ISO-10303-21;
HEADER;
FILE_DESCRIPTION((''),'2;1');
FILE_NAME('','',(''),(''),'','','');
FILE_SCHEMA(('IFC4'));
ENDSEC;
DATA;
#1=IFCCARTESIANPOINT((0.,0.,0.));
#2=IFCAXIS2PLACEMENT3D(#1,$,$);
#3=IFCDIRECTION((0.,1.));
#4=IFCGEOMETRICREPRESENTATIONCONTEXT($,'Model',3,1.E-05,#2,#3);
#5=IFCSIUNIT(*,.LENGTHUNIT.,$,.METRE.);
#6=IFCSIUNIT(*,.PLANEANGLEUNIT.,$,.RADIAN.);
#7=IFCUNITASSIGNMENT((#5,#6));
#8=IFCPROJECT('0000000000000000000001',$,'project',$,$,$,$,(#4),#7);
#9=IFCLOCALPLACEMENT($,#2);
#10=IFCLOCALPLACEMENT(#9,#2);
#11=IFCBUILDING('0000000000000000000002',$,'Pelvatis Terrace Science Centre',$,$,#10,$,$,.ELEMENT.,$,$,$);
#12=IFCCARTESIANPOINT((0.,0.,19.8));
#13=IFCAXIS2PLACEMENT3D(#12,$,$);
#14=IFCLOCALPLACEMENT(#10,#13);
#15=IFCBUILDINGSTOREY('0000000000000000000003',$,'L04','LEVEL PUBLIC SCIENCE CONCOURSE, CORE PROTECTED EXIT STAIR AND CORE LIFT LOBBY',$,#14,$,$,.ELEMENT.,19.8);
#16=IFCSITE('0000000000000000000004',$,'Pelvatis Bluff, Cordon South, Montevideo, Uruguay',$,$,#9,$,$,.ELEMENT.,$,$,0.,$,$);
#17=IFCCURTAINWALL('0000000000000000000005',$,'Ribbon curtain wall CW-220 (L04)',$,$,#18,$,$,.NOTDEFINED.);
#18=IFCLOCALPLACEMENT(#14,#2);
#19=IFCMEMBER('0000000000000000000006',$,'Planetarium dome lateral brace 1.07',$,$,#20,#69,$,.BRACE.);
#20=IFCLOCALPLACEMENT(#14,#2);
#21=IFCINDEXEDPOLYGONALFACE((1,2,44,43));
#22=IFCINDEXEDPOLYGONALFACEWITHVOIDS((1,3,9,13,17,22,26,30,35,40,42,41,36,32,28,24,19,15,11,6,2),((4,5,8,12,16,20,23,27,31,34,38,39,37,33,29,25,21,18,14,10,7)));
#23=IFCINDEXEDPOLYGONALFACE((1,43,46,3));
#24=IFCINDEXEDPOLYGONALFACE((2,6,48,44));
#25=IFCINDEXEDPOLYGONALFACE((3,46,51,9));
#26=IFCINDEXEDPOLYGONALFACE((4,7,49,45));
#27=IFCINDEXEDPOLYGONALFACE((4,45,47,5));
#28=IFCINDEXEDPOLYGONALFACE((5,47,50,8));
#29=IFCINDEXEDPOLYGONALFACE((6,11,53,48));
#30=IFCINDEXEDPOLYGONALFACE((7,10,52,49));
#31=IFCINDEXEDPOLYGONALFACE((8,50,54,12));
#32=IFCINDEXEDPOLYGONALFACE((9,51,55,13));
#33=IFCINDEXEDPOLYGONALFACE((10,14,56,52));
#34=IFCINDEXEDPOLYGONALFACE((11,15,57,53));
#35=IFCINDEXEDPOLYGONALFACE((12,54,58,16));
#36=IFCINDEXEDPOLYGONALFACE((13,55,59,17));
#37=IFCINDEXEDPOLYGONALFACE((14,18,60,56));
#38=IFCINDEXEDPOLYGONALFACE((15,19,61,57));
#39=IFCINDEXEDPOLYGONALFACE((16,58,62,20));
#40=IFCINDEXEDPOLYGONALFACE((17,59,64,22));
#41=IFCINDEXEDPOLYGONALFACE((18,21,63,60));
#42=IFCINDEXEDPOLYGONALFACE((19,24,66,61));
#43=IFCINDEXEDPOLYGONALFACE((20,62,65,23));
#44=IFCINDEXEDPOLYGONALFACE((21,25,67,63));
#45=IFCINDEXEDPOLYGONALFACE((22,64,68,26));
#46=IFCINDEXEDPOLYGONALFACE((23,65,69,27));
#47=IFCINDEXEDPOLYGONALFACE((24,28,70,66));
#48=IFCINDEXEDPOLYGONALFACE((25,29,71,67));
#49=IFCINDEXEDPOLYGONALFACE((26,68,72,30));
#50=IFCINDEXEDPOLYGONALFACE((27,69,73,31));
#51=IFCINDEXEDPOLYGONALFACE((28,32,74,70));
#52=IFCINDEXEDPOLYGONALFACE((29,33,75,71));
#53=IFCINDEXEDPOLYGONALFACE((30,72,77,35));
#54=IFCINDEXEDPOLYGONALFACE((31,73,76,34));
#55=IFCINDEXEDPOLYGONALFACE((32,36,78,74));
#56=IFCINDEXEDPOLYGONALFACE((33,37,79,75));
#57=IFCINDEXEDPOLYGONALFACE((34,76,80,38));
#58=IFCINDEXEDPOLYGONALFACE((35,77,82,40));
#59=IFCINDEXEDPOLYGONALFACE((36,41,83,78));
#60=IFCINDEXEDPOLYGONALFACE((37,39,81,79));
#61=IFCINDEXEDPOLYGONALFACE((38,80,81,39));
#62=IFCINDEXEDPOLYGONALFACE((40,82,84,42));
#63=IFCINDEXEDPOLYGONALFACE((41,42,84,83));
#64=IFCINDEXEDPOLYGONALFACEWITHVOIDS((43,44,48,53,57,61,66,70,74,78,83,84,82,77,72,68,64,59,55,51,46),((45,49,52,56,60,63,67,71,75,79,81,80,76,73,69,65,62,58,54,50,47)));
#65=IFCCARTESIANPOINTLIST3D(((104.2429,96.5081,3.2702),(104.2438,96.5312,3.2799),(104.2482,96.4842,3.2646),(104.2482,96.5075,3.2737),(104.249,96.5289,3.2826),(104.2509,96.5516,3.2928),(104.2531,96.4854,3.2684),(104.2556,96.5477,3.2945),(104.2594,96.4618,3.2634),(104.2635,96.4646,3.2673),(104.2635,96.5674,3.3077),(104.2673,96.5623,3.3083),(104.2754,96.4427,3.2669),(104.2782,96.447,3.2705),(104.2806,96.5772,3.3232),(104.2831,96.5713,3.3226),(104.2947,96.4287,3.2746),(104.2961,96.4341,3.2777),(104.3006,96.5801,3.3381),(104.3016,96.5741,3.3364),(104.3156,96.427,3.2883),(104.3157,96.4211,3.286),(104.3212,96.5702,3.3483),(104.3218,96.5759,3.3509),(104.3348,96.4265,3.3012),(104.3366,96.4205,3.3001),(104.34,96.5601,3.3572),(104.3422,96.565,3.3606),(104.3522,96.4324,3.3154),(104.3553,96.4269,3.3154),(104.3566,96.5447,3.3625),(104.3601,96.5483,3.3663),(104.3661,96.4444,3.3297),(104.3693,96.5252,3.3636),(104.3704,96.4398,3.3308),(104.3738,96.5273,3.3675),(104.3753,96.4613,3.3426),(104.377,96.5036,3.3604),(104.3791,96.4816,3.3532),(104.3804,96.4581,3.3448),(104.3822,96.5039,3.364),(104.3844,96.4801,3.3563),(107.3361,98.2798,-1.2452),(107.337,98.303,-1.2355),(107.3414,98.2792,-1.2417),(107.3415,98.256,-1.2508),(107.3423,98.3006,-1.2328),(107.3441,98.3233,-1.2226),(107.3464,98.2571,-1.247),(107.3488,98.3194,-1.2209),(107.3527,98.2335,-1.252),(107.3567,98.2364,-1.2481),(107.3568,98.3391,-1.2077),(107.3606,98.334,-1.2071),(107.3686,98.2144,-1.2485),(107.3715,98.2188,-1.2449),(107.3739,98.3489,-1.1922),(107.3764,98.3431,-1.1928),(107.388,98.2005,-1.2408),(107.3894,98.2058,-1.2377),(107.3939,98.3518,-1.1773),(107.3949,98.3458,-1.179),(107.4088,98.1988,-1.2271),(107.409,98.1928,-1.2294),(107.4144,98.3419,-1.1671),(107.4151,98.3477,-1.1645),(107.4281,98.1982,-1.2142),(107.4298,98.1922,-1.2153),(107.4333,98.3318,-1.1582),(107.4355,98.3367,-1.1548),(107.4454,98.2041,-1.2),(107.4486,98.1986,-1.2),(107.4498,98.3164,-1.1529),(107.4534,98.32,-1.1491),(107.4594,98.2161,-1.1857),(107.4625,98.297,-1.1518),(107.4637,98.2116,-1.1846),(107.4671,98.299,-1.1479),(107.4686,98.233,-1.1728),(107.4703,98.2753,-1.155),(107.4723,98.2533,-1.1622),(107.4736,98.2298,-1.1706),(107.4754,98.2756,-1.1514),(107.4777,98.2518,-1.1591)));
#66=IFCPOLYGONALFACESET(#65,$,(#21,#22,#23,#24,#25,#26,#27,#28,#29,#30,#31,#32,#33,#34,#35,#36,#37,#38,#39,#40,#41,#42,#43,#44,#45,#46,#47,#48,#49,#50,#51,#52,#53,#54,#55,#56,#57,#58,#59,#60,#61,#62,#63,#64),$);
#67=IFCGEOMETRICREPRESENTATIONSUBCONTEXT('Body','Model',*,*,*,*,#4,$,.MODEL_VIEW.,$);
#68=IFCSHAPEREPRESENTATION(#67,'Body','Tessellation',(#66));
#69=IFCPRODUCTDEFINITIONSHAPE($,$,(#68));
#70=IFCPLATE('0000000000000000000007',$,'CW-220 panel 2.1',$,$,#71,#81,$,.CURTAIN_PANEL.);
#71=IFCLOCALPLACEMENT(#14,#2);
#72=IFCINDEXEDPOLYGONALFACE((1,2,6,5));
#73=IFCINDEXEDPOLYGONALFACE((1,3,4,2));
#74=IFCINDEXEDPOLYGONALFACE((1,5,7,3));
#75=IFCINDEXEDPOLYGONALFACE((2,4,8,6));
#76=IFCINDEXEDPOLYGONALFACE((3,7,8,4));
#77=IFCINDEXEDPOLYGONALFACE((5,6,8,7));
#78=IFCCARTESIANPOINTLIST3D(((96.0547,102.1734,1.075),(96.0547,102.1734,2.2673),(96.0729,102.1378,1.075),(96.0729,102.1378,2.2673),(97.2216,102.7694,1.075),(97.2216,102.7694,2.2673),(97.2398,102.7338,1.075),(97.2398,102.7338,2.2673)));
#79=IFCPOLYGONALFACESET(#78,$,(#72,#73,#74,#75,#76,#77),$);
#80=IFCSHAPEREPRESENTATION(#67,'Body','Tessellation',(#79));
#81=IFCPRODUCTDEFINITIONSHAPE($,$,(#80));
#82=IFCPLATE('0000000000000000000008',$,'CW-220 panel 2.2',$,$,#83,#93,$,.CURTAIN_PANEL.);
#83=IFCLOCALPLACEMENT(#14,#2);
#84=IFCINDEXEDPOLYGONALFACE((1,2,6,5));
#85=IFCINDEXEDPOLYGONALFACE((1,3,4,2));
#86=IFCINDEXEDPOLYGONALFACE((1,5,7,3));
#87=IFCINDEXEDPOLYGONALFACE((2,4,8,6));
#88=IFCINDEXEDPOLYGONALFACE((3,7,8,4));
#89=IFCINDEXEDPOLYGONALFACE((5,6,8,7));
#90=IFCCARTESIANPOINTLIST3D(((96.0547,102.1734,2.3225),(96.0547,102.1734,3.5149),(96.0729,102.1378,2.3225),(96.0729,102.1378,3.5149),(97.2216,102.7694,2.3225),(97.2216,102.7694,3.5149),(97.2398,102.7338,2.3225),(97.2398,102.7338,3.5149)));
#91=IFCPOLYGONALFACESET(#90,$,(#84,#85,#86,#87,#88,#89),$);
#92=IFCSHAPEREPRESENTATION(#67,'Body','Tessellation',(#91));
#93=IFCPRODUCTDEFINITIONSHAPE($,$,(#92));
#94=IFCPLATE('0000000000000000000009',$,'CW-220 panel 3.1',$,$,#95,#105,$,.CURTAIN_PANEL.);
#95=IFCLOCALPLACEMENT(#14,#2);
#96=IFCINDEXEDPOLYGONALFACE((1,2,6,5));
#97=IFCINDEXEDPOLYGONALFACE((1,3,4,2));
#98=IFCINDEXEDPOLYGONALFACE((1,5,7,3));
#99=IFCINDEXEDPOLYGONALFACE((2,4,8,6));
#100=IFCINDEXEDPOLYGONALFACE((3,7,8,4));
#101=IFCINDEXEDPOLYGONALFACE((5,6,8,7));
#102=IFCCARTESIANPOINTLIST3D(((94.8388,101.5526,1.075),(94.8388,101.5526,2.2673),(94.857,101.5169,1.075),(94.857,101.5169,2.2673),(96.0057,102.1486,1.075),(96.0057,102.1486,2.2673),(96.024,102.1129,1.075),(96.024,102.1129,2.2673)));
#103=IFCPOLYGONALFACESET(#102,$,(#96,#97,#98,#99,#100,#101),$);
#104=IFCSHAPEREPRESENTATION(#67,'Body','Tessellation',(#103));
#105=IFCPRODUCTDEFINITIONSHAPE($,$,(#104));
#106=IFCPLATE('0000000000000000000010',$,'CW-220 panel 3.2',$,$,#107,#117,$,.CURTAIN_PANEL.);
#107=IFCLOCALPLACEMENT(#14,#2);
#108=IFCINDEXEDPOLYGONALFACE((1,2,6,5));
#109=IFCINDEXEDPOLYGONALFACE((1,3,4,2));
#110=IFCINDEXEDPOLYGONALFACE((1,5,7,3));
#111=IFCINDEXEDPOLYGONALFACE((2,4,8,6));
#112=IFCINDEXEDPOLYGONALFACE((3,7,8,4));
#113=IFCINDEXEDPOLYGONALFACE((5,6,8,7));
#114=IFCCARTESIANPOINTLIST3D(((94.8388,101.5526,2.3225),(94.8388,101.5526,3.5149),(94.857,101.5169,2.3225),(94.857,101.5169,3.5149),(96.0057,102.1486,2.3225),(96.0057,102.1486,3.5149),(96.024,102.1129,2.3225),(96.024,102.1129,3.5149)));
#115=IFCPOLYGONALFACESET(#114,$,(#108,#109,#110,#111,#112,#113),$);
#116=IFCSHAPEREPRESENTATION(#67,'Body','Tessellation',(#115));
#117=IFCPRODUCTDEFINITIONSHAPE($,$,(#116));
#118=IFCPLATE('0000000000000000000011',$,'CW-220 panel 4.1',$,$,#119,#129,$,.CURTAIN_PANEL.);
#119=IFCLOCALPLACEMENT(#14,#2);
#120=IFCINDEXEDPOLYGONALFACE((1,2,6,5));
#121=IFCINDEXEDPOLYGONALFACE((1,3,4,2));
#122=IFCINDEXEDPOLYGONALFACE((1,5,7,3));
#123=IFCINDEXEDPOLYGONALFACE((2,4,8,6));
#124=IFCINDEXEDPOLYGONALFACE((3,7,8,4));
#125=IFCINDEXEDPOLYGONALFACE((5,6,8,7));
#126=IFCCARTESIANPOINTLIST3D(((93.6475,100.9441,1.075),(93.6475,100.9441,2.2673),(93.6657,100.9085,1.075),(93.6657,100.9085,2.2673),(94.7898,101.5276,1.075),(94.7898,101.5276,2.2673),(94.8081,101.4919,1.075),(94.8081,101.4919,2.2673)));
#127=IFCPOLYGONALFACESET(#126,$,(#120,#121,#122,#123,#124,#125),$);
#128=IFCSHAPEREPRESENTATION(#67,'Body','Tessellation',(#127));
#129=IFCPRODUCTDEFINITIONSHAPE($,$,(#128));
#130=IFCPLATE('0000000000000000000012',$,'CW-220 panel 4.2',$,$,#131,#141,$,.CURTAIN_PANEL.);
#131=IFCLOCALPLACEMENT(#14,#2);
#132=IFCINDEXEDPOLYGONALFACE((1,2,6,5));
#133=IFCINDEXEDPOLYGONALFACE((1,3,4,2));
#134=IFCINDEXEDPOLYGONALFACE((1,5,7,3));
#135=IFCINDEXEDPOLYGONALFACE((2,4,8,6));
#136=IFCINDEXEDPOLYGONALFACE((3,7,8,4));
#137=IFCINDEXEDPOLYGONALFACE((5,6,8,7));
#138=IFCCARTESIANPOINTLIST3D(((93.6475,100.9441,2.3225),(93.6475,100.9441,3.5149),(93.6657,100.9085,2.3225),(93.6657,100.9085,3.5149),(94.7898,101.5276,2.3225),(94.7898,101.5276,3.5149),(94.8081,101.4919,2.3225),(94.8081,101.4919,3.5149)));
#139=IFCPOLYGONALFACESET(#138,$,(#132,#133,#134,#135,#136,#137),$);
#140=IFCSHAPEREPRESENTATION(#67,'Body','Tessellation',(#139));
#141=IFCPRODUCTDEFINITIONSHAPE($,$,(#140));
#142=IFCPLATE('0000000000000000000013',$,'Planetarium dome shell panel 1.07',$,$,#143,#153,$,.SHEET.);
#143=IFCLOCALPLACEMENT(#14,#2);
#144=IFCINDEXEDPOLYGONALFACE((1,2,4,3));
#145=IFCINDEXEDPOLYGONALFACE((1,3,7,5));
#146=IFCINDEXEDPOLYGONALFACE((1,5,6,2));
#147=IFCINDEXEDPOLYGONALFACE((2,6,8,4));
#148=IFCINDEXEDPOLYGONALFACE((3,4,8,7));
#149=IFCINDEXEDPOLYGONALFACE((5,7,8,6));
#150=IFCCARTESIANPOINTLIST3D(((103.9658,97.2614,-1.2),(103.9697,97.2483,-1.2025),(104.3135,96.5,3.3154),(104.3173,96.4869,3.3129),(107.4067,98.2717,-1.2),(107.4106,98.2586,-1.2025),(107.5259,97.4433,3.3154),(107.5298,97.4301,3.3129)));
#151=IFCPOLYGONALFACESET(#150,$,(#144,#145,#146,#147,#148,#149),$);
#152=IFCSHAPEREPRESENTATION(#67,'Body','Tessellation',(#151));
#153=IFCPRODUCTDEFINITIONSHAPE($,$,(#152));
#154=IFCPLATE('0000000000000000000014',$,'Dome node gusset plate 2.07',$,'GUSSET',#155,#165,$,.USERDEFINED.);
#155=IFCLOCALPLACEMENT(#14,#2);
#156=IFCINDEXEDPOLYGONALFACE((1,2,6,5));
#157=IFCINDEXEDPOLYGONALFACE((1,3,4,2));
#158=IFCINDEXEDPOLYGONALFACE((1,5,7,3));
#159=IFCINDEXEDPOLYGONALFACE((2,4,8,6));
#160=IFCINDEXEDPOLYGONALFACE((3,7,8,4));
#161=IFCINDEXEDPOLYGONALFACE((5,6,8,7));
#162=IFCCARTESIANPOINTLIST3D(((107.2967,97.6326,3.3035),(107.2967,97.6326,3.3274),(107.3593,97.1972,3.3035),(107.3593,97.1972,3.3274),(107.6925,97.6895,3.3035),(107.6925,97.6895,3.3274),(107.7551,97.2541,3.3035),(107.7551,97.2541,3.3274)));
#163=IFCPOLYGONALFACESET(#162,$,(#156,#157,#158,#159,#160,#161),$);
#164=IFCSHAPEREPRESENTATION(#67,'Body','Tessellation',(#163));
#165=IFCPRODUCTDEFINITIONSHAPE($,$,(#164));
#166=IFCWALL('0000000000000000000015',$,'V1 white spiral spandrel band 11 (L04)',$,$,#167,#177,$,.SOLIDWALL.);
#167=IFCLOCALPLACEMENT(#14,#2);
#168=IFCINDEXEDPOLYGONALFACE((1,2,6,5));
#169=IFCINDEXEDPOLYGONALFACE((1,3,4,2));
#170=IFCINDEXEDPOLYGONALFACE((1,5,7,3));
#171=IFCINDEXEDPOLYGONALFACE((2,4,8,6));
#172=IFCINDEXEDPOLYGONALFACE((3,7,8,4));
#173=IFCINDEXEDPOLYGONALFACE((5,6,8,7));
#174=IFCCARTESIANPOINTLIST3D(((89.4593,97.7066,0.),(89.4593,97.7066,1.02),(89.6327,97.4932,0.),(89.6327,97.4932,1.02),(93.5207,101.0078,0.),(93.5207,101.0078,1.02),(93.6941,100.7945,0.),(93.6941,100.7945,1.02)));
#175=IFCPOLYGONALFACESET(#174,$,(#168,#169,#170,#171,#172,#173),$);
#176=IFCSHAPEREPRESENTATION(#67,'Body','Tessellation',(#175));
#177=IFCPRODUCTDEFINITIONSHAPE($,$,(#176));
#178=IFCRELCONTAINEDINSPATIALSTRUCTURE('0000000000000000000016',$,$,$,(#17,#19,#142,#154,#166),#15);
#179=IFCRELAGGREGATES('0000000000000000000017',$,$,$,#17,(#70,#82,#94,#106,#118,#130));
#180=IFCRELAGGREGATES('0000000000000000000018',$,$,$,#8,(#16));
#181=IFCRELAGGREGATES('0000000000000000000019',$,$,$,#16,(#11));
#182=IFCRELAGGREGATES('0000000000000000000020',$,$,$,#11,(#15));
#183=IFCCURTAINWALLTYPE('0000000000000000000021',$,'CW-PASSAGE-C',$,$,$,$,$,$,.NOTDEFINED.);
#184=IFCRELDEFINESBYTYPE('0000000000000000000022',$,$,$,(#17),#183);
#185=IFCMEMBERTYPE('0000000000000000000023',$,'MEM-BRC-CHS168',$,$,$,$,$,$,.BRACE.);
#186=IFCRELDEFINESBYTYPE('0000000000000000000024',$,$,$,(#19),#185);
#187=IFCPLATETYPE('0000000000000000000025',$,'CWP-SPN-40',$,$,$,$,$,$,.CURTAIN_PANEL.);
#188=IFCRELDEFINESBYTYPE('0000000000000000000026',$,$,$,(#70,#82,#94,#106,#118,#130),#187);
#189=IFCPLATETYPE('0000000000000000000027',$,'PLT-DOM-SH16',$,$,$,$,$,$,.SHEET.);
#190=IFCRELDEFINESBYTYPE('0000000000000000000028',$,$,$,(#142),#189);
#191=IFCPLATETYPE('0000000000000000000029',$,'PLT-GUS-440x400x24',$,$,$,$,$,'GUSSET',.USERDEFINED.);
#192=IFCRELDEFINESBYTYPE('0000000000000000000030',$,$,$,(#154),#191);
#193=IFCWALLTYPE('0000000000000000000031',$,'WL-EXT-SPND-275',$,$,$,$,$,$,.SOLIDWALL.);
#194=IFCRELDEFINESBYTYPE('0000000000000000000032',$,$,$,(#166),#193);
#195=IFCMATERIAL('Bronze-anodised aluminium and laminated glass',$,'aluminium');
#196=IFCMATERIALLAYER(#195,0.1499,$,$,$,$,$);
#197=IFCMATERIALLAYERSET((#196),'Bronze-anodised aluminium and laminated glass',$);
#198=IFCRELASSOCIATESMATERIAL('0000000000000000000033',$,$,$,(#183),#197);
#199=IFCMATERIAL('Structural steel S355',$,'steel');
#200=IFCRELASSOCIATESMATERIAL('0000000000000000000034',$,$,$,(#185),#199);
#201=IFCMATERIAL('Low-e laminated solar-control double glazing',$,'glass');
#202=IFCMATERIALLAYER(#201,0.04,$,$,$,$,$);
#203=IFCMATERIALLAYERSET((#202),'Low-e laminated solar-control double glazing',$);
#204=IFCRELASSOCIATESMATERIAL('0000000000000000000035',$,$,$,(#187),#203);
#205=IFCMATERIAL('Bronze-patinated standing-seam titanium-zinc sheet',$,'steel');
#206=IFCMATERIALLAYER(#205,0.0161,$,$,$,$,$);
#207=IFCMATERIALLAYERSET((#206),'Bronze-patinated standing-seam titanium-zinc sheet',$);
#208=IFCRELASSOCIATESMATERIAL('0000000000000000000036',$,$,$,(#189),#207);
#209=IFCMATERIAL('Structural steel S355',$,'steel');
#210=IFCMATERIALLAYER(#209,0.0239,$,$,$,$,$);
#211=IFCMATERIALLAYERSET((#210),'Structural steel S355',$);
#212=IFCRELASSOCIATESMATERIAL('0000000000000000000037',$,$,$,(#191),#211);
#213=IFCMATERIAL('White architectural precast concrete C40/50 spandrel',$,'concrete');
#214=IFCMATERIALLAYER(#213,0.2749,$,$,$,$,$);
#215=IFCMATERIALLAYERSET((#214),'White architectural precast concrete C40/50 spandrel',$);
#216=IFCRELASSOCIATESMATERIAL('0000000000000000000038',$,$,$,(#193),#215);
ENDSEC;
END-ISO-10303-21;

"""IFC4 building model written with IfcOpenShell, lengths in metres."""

from ifc_helpers import new_model, si_unit, direction, frame, frame_2d, origin, origin_2d, place, context, subcontext, project, spatial, polyline, rectangle, hollow_circle, outline, extrude, material, layer, layer_set, material_profile, profile_set, type_object, element, aggregate, save


model = new_model("IFC4")

# Units and contexts
model_context = context("Model", 3, precision=1e-05, world=origin(), true_north=direction((0.0, 1.0)))
body_context = subcontext(model_context, "Body", "Model", "MODEL_VIEW")
ifc_project = project(units=[si_unit("LENGTHUNIT", "METRE"), si_unit("PLANEANGLEUNIT", "RADIAN")], contexts=[model_context])

# Site, building, storey
site_placement = place(None, origin())
site = spatial("IfcSite", under=ifc_project, at=site_placement, Name="Pelvatis Bluff, Cordon South, Montevideo, Uruguay", CompositionType="ELEMENT", RefElevation=0.0)
building_placement = place(site_placement, origin())
building = spatial("IfcBuilding", under=site, at=building_placement, Name="Pelvatis Terrace Science Centre", CompositionType="ELEMENT")
storey_placement = place(building_placement, frame((0.0, 0.0, 19.8)))
storey = spatial("IfcBuildingStorey", under=building, at=storey_placement, Name="L04", Description="LEVEL PUBLIC SCIENCE CONCOURSE, CORE PROTECTED EXIT STAIR AND CORE LIFT LOBBY", CompositionType="ELEMENT", Elevation=19.8)

# Curtain wall
ifc_material_1 = material(Name="Bronze-anodised aluminium and laminated glass", Category="aluminium")
ifc_layer_1 = layer(ifc_material_1, 0.1499)
ifc_layer_set_1 = layer_set([ifc_layer_1], Name="Bronze-anodised aluminium and laminated glass")
curtain_wall_type = type_object("IfcCurtainWallType", Name="CW-PASSAGE-C", PredefinedType="NOTDEFINED", material=ifc_layer_set_1)
curtain_wall_1_placement = place(storey_placement, origin())
curtain_wall_1 = element("IfcCurtainWall", 1, at=curtain_wall_1_placement, inside=storey, type_object=curtain_wall_type, Name="Ribbon curtain wall CW-220 (L04)", PredefinedType="NOTDEFINED")

# Member
ifc_material_2 = material(Name="Structural steel S355", Category="steel")
ifc_material_profile_1 = material_profile(ifc_material_2, hollow_circle(Radius=0.0842, WallThickness=0.0063, at=origin_2d()), Name="CHS 168.3x6.3")
ifc_profile_set_1 = profile_set([ifc_material_profile_1], Name="Structural steel S355")
member_type_1 = type_object("IfcMemberType", Name="MEM-BRC-CHS168", PredefinedType="BRACE", material=ifc_profile_set_1)
member_1_placement = place(storey_placement, frame((107.4067, 98.2717, -1.2), z_axis=(-0.537687, -0.307971, 0.784887), x_axis=(0.497016, -0.867741, 0.0)))
element("IfcMember", 2, at=member_1_placement, inside=storey, type_object=member_type_1, Name="Planetarium dome lateral brace 1.07", PredefinedType="BRACE", context=body_context, shape_type="SweptSolid", body=[
    extrude(hollow_circle(Radius=0.0842, WallThickness=0.0063, at=origin_2d()), origin(), (0.0, 0.0, 1.0), 5.7529),
])

# Plates
ifc_material_3 = material(Name="Low-e laminated solar-control double glazing", Category="glass")
ifc_layer_2 = layer(ifc_material_3, 0.04)
ifc_layer_set_2 = layer_set([ifc_layer_2], Name="Low-e laminated solar-control double glazing")
plate_type_1 = type_object("IfcPlateType", Name="CWP-SPN-40", PredefinedType="CURTAIN_PANEL", material=ifc_layer_set_2)
plate_1_placement = place(storey_placement, frame((96.6472, 102.4536, 1.075), z_axis=(0.0, 0.0, 1.0), x_axis=(-0.890564, -0.454859, 0.0)))
plate_1 = element("IfcPlate", 3, at=plate_1_placement, type_object=plate_type_1, Name="CW-220 panel 2.1", PredefinedType="CURTAIN_PANEL", context=body_context, shape_type="SweptSolid", body=[
    extrude(rectangle(XDim=1.3103, YDim=0.04, at=origin_2d()), origin(), (0.0, 0.0, 1.0), 1.1924),
])
plate_2_placement = place(storey_placement, frame((96.6472, 102.4536, 2.3225), z_axis=(0.0, 0.0, 1.0), x_axis=(-0.890564, -0.454859, 0.0)))
plate_2 = element("IfcPlate", 4, at=plate_2_placement, type_object=plate_type_1, Name="CW-220 panel 2.2", PredefinedType="CURTAIN_PANEL", context=body_context, shape_type="SweptSolid", body=[
    extrude(rectangle(XDim=1.3103, YDim=0.04, at=origin_2d()), origin(), (0.0, 0.0, 1.0), 1.1924),
])
plate_3_placement = place(storey_placement, frame((95.4314, 101.8328, 1.075), z_axis=(0.0, 0.0, 1.0), x_axis=(-0.890564, -0.454859, 0.0)))
plate_3 = element("IfcPlate", 5, at=plate_3_placement, type_object=plate_type_1, Name="CW-220 panel 3.1", PredefinedType="CURTAIN_PANEL", context=body_context, shape_type="SweptSolid", body=[
    extrude(rectangle(XDim=1.3103, YDim=0.04, at=origin_2d()), origin(), (0.0, 0.0, 1.0), 1.1924),
])
plate_4_placement = place(storey_placement, frame((95.4314, 101.8328, 2.3225), z_axis=(0.0, 0.0, 1.0), x_axis=(-0.890564, -0.454859, 0.0)))
plate_4 = element("IfcPlate", 6, at=plate_4_placement, type_object=plate_type_1, Name="CW-220 panel 3.2", PredefinedType="CURTAIN_PANEL", context=body_context, shape_type="SweptSolid", body=[
    extrude(rectangle(XDim=1.3103, YDim=0.04, at=origin_2d()), origin(), (0.0, 0.0, 1.0), 1.1924),
])
plate_5_placement = place(storey_placement, frame((94.2278, 101.218, 1.075), z_axis=(0.0, 0.0, 1.0), x_axis=(-0.890564, -0.454859, 0.0)))
plate_5 = element("IfcPlate", 7, at=plate_5_placement, type_object=plate_type_1, Name="CW-220 panel 4.1", PredefinedType="CURTAIN_PANEL", context=body_context, shape_type="SweptSolid", body=[
    extrude(rectangle(XDim=1.2827, YDim=0.04, at=origin_2d()), origin(), (0.0, 0.0, 1.0), 1.1924),
])
plate_6_placement = place(storey_placement, frame((94.2278, 101.218, 2.3225), z_axis=(0.0, 0.0, 1.0), x_axis=(-0.890564, -0.454859, 0.0)))
plate_6 = element("IfcPlate", 8, at=plate_6_placement, type_object=plate_type_1, Name="CW-220 panel 4.2", PredefinedType="CURTAIN_PANEL", context=body_context, shape_type="SweptSolid", body=[
    extrude(rectangle(XDim=1.2827, YDim=0.04, at=origin_2d()), origin(), (0.0, 0.0, 1.0), 1.1924),
])
aggregate(curtain_wall_1, [plate_1, plate_2, plate_3, plate_4, plate_5, plate_6])

# Plates
ifc_material_4 = material(Name="Bronze-patinated standing-seam titanium-zinc sheet", Category="steel")
ifc_layer_3 = layer(ifc_material_4, 0.0161)
ifc_layer_set_3 = layer_set([ifc_layer_3], Name="Bronze-patinated standing-seam titanium-zinc sheet")
plate_type_2 = type_object("IfcPlateType", Name="PLT-DOM-SH16", PredefinedType="SHEET", material=ifc_layer_set_3)
plate_7_placement = place(storey_placement, frame((107.4067, 98.2717, -1.2), z_axis=(-0.27711, 0.943738, 0.180467), x_axis=(-0.959492, -0.281735, -0.000005)))
element("IfcPlate", 9, at=plate_7_placement, inside=storey, type_object=plate_type_2, Name="Planetarium dome shell panel 1.07", PredefinedType="SHEET", context=body_context, shape_type="SweptSolid", body=[
    extrude(outline(polyline([(0.0, 0.0), (3.5862, 0.0), (3.4671, 4.5908), (0.119, 4.5907), (0.0, 0.0)])), origin(), (0.0, 0.0, -1.0), 0.0139),
])
ifc_material_5 = material(Name="Structural steel S355", Category="steel")
ifc_layer_4 = layer(ifc_material_5, 0.0239)
ifc_layer_set_4 = layer_set([ifc_layer_4], Name="Structural steel S355")
plate_type_3 = type_object("IfcPlateType", Name="PLT-GUS-440x400x24", ElementType="GUSSET", PredefinedType="USERDEFINED", material=ifc_layer_set_4)
plate_8_placement = place(storey_placement, frame((107.5259, 97.4434, 3.3035), z_axis=(0.0, 0.0, 1.0), x_axis=(-0.142283, 0.989826, 0.0)))
element("IfcPlate", 10, at=plate_8_placement, inside=storey, type_object=plate_type_3, Name="Dome node gusset plate 2.07", ObjectType="GUSSET", PredefinedType="USERDEFINED", context=body_context, shape_type="SweptSolid", body=[
    extrude(rectangle(XDim=0.4399, YDim=0.3999, at=origin_2d()), origin(), (0.0, 0.0, 1.0), 0.0239),
])

# Wall
ifc_material_6 = material(Name="White architectural precast concrete C40/50 spandrel", Category="concrete")
ifc_layer_5 = layer(ifc_material_6, 0.2749)
ifc_layer_set_5 = layer_set([ifc_layer_5], Name="White architectural precast concrete C40/50 spandrel")
wall_type = type_object("IfcWallType", Name="WL-EXT-SPND-275", PredefinedType="SOLIDWALL", material=ifc_layer_set_5)
wall_placement = place(storey_placement, frame((93.6074, 100.9011, 0.0), z_axis=(0.0, 0.0, 1.0), x_axis=(-0.775994, -0.63074, 0.0)))
element("IfcWall", 11, at=wall_placement, inside=storey, type_object=wall_type, Name="V1 white spiral spandrel band 11 (L04)", PredefinedType="SOLIDWALL", context=body_context, shape_type="SweptSolid", body=[
    extrude(rectangle(XDim=5.2339, YDim=0.2749, at=frame_2d((2.6169, 0.0))), origin(), (0.0, 0.0, 1.0), 1.02),
])

save(model, "model.ifc")
